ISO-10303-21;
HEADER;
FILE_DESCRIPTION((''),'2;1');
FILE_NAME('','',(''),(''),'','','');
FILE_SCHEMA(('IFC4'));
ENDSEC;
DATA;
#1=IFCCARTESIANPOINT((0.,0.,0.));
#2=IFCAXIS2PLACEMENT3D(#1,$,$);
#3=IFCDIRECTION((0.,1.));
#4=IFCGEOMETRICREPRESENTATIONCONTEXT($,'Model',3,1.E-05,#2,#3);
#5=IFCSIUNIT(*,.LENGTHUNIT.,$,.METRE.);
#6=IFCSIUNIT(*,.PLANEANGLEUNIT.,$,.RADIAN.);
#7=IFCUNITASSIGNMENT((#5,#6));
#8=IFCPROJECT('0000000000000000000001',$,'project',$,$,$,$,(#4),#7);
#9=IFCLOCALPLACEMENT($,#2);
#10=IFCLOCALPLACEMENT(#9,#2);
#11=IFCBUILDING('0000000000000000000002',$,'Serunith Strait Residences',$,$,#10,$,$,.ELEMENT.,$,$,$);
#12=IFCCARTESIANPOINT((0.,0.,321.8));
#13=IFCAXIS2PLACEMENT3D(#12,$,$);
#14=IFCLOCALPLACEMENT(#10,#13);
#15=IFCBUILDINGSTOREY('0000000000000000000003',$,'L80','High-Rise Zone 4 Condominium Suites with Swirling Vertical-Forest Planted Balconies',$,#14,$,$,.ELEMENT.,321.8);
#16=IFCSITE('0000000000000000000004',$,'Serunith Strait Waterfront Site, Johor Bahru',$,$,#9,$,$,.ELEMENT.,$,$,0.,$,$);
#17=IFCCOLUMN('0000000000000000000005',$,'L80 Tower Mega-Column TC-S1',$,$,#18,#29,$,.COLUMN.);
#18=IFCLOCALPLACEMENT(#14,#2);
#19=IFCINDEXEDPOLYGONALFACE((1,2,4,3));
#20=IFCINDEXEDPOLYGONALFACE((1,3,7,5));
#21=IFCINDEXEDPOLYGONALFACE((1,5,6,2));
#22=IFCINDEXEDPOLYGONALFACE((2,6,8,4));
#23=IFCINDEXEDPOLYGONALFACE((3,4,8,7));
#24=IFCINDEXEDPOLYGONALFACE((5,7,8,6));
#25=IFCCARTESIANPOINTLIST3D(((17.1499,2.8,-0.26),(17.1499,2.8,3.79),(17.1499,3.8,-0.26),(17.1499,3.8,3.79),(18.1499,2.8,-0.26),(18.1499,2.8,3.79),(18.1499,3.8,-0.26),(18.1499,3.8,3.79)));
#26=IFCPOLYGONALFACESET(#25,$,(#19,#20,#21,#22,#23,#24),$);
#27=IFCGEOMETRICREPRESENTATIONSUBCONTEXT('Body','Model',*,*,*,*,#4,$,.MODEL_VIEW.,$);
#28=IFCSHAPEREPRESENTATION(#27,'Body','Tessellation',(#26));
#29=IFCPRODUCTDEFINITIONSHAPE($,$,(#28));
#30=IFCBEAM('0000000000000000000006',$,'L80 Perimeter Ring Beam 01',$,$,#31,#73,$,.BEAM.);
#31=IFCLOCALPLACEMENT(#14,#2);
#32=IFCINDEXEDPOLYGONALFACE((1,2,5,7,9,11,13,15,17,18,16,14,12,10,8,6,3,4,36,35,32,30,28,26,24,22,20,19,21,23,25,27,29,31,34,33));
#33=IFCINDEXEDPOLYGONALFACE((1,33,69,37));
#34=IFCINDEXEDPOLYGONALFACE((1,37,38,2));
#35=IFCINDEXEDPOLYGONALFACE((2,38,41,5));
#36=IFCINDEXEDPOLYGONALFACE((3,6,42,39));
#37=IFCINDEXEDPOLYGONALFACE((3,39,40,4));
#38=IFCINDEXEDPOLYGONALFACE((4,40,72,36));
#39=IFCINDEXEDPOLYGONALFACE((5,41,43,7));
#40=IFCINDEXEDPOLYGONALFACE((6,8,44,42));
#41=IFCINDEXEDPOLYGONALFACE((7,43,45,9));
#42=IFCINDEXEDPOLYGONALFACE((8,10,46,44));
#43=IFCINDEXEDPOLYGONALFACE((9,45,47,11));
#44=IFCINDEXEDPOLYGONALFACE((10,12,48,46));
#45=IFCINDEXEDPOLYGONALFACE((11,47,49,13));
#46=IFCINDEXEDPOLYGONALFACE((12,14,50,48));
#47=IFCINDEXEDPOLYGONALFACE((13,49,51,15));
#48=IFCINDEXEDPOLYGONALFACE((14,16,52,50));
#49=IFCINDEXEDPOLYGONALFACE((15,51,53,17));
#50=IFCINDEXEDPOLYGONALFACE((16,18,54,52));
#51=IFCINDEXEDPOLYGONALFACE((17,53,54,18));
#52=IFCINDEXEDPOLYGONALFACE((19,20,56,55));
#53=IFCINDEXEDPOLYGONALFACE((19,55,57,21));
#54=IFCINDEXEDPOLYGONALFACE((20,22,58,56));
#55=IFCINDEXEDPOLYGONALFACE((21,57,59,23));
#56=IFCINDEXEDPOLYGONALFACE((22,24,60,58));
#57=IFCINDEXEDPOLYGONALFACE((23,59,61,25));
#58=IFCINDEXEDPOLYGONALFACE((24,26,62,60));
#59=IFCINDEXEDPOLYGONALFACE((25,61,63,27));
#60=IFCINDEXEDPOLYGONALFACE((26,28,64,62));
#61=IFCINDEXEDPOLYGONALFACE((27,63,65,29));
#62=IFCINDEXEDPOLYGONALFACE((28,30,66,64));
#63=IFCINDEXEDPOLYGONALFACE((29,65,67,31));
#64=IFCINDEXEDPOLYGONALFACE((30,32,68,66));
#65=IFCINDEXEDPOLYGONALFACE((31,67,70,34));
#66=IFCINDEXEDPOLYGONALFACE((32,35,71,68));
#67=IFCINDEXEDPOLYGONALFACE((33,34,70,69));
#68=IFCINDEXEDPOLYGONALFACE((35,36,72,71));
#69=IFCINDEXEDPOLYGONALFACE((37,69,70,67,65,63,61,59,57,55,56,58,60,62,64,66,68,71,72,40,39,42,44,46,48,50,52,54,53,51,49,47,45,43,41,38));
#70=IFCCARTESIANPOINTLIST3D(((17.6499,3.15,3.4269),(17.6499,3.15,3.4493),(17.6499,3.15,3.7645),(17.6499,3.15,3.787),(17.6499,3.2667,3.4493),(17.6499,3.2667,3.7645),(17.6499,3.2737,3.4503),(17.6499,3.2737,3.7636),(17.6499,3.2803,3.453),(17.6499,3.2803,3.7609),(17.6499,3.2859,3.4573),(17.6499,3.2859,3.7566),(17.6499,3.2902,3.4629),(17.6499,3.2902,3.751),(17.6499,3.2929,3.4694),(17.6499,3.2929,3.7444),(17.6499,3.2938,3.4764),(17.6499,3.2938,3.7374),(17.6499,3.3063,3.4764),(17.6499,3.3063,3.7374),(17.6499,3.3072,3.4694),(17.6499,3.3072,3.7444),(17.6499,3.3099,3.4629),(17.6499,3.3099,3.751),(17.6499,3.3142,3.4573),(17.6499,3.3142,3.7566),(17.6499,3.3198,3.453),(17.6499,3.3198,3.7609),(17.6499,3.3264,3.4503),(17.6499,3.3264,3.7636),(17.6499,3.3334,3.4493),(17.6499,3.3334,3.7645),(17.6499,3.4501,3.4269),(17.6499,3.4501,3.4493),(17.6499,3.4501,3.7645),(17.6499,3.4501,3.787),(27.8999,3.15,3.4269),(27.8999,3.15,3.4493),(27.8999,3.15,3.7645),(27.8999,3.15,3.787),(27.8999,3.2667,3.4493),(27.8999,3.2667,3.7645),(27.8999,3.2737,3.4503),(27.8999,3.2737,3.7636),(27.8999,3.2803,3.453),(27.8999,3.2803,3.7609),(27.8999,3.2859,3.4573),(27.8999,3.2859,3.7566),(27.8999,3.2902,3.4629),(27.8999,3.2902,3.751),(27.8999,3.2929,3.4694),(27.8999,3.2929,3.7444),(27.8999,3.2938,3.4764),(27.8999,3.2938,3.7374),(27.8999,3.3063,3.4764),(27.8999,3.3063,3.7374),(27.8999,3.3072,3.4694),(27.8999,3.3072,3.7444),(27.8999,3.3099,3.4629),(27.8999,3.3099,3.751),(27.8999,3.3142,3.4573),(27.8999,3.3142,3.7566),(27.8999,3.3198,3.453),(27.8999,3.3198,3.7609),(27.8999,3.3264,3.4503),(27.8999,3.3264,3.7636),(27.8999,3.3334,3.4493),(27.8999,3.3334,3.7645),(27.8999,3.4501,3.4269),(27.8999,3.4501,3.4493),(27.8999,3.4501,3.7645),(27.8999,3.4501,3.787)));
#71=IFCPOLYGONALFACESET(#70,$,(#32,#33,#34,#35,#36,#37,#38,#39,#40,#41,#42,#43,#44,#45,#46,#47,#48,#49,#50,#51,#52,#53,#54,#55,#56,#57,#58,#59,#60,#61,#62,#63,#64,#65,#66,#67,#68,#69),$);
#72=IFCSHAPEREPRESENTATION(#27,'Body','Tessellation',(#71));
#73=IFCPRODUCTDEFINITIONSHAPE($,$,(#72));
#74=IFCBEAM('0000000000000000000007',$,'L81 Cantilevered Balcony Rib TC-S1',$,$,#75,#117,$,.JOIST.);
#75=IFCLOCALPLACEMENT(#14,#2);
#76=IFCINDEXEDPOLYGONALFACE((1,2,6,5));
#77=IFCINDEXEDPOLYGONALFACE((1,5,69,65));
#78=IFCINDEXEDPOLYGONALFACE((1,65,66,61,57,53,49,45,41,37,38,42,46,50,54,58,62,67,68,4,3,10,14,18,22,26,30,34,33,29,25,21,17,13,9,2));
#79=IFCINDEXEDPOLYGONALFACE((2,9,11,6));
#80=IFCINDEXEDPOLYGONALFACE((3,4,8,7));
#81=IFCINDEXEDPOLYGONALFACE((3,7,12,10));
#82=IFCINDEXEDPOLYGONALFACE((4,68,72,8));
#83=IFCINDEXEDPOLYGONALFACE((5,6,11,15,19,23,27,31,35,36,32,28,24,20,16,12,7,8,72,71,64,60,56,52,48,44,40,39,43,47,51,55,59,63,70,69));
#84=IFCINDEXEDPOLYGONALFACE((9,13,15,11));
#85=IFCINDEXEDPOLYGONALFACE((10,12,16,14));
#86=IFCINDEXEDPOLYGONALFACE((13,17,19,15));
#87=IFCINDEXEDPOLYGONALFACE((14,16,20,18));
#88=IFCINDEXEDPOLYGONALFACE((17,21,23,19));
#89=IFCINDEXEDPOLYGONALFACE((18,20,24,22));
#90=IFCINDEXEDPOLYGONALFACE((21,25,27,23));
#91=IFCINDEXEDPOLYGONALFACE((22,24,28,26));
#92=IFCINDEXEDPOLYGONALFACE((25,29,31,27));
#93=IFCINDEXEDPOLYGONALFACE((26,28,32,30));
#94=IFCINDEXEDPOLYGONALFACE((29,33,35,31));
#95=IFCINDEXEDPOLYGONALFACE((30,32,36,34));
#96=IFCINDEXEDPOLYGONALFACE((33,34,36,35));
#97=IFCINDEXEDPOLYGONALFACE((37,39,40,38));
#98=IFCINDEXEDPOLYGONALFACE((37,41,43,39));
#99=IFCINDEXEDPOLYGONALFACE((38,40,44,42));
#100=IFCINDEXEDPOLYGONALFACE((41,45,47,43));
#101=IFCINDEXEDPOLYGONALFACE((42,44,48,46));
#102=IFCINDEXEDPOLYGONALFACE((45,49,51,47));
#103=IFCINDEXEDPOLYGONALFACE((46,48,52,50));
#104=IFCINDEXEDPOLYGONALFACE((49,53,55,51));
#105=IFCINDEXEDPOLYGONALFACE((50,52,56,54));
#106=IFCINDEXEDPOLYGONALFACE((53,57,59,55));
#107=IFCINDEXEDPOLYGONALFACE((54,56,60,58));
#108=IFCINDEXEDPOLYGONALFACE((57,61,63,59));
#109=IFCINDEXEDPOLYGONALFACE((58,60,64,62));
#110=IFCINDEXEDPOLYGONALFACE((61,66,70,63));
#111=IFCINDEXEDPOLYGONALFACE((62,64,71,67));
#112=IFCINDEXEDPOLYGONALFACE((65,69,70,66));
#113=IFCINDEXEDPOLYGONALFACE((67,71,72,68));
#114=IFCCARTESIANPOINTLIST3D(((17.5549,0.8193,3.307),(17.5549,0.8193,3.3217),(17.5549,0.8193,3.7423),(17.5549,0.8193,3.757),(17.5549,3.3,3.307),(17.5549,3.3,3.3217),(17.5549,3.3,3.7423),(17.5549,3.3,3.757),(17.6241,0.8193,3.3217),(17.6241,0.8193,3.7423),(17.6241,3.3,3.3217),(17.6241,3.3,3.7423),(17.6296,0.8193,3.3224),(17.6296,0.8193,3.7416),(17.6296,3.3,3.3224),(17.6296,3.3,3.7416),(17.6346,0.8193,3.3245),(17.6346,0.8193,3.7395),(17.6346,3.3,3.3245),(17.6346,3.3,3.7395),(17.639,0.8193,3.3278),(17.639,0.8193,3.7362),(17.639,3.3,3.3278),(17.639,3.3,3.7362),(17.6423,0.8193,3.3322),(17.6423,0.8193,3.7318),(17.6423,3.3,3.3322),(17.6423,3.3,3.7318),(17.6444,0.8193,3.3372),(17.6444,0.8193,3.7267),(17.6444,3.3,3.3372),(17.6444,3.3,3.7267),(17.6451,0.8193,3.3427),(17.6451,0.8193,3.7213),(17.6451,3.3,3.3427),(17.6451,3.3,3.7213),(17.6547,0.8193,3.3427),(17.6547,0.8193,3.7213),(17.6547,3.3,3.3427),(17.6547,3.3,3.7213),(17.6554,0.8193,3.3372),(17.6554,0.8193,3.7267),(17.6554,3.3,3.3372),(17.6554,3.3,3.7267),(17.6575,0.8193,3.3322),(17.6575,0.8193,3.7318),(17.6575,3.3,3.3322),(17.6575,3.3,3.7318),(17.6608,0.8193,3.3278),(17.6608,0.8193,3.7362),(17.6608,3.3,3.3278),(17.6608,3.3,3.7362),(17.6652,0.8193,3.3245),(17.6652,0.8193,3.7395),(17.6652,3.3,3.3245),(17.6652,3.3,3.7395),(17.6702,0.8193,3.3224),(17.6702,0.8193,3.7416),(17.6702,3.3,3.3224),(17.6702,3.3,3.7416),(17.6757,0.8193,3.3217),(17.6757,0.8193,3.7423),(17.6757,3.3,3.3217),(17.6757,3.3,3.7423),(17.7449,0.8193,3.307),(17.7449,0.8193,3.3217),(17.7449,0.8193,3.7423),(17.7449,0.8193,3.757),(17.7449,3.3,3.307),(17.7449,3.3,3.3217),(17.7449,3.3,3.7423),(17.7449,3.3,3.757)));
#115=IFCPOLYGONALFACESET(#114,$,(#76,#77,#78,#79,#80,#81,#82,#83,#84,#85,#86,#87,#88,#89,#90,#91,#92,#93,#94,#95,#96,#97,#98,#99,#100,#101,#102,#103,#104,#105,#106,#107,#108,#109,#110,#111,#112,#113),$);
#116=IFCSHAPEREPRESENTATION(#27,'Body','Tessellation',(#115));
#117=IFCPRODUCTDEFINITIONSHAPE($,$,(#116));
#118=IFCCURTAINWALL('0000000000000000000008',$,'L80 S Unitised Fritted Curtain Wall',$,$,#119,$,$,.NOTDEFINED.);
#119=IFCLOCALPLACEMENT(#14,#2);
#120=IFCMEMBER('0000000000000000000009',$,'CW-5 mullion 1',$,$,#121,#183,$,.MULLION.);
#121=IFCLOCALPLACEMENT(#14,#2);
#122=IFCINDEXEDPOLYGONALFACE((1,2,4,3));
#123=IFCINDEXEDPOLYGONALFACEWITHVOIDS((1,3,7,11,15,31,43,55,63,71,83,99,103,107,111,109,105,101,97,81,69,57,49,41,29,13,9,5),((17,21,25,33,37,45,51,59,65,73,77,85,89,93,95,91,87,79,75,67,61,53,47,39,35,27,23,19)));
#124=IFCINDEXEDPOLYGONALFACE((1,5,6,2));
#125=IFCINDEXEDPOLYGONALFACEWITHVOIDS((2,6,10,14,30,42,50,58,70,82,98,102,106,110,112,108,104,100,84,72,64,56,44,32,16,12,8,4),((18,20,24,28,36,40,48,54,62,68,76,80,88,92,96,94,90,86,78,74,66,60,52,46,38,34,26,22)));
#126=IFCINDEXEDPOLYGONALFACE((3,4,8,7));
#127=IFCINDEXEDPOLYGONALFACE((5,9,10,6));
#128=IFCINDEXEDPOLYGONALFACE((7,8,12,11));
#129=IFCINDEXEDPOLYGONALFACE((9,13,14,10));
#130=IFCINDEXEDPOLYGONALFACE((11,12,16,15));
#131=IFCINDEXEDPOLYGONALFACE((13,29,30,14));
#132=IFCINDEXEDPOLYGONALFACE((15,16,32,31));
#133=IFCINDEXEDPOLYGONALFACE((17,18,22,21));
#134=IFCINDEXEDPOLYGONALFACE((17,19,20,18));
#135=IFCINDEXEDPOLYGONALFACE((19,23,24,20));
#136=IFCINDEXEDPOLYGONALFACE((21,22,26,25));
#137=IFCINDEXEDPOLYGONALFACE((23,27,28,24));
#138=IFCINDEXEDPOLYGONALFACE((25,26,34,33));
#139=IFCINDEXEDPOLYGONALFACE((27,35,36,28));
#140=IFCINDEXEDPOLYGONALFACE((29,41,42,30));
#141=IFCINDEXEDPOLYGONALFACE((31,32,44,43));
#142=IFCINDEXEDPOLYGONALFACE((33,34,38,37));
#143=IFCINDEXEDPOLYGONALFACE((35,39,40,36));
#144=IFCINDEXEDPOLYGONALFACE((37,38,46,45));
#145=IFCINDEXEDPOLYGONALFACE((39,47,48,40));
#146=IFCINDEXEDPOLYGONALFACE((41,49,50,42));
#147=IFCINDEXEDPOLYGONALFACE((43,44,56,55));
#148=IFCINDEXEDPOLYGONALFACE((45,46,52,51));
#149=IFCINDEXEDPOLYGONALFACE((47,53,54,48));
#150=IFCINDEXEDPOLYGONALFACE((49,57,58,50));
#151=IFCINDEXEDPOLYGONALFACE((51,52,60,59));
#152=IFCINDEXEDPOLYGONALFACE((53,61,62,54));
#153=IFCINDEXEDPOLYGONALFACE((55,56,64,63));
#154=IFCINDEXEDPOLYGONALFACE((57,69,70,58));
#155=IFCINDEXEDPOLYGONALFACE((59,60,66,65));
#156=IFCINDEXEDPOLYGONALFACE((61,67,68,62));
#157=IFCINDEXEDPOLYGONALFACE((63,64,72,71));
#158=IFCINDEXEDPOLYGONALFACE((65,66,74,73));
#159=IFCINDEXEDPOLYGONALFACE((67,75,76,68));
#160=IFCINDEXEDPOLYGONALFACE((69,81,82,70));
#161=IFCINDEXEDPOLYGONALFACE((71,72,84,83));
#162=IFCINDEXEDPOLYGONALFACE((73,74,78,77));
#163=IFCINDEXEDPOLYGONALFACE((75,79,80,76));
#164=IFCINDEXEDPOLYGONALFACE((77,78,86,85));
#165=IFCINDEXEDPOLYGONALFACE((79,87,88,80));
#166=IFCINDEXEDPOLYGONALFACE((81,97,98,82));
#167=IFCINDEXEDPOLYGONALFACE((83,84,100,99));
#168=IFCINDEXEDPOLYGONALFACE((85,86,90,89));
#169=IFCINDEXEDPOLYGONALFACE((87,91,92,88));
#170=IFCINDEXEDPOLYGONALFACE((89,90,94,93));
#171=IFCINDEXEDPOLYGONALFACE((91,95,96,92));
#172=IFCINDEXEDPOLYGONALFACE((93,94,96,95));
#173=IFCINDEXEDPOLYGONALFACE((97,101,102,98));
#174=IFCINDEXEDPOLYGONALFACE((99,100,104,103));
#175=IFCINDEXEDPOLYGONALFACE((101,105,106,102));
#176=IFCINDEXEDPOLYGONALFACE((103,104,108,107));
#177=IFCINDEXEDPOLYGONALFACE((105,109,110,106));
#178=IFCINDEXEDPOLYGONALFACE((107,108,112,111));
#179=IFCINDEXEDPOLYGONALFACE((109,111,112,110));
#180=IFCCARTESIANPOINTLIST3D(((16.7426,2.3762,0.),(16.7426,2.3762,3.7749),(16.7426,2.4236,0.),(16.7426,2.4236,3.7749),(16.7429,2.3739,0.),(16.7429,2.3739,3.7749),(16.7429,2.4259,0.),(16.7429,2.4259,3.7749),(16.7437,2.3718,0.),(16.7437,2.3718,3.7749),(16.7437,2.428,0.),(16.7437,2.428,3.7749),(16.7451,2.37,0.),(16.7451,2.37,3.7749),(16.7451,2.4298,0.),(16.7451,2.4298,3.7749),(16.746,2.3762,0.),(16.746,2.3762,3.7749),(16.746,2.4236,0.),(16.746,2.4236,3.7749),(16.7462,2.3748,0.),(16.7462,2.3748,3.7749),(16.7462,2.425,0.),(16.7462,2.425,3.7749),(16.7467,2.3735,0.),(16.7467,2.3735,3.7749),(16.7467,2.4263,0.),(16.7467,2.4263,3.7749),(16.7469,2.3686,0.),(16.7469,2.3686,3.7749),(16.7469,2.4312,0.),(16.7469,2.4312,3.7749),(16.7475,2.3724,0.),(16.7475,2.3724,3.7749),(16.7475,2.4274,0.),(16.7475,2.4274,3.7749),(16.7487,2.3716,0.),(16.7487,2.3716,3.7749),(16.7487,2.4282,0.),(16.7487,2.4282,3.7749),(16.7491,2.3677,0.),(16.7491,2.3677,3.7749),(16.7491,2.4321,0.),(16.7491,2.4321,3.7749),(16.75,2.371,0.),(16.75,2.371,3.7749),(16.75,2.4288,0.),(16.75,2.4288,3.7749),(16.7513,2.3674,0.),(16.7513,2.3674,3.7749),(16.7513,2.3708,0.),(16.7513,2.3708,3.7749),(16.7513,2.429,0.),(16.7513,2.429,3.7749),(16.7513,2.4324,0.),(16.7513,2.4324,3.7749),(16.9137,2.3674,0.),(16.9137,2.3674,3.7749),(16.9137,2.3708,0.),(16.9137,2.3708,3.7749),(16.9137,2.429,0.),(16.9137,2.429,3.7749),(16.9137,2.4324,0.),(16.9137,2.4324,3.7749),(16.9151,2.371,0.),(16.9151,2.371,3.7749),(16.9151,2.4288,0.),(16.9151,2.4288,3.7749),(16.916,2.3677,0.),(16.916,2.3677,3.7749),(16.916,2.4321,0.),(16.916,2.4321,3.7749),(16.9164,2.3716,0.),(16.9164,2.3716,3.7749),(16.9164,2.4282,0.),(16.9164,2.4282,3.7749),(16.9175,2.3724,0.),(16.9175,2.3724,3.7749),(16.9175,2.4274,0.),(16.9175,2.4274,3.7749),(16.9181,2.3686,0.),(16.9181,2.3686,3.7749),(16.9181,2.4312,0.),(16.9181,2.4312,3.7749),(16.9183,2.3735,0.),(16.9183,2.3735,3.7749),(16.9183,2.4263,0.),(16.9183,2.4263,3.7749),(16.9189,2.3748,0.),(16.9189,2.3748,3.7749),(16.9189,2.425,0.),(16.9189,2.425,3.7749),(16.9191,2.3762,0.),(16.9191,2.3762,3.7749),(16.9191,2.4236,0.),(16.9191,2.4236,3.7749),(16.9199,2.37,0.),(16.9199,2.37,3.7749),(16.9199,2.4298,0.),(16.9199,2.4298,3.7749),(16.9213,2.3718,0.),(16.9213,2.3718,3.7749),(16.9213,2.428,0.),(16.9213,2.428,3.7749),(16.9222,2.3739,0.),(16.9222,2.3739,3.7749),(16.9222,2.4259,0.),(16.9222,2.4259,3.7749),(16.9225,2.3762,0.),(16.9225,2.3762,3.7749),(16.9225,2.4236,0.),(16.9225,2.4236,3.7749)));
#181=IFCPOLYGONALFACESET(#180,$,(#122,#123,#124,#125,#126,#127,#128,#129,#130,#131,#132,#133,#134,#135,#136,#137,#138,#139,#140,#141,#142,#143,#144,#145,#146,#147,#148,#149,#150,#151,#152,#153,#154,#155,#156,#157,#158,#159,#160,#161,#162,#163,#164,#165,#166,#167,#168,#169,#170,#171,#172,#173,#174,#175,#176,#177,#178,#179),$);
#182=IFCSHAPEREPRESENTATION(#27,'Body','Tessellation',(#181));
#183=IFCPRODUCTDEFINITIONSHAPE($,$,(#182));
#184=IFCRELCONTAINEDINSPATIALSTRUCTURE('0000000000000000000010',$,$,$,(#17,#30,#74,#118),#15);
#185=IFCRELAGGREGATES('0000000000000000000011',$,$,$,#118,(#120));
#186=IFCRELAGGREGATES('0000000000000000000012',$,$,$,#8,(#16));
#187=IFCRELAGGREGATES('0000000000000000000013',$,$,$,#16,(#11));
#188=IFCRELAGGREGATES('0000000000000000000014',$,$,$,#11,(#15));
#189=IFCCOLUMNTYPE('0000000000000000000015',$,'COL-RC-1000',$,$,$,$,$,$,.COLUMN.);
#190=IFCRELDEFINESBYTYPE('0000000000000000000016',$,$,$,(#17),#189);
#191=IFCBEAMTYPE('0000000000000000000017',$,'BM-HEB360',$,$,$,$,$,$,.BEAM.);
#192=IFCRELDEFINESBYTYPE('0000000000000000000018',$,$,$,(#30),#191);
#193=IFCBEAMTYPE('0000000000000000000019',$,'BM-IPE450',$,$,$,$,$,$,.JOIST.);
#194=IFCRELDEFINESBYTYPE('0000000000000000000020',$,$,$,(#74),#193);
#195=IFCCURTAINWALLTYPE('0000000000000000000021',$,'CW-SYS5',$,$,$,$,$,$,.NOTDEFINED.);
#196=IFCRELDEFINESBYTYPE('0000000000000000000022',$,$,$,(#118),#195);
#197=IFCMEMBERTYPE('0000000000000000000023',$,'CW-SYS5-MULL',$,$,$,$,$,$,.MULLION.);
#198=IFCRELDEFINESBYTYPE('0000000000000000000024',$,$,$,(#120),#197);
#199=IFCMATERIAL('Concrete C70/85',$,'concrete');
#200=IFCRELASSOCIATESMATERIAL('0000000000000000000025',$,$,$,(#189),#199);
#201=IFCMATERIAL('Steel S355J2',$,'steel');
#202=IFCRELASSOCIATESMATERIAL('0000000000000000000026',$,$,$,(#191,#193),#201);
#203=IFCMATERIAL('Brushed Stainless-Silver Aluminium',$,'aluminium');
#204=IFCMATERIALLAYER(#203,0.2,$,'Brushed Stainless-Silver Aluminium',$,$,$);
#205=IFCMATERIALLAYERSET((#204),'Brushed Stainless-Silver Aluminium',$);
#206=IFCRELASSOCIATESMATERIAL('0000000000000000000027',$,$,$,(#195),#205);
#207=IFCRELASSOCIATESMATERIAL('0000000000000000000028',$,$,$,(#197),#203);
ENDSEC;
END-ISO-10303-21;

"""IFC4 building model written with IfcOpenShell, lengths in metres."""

from ifc_helpers import new_model, si_unit, direction, frame, origin, origin_2d, place, context, subcontext, project, spatial, rectangle, hollow_rectangle, i_section, extrude, source, transform, mapped, material, layer, layer_set, material_profile, profile_set, type_object, element, aggregate, save


model = new_model("IFC4")

# Units and contexts
model_context = context("Model", 3, precision=1e-05, world=origin(), true_north=direction((0.0, 1.0)))
body_context = subcontext(model_context, "Body", "Model", "MODEL_VIEW")
ifc_project = project(units=[si_unit("LENGTHUNIT", "METRE"), si_unit("PLANEANGLEUNIT", "RADIAN")], contexts=[model_context])

# Site, building, storey
site_placement = place(None, origin())
site = spatial("IfcSite", under=ifc_project, at=site_placement, Name="Serunith Strait Waterfront Site, Johor Bahru", CompositionType="ELEMENT", RefElevation=0.0)
building_placement = place(site_placement, origin())
building = spatial("IfcBuilding", under=site, at=building_placement, Name="Serunith Strait Residences", CompositionType="ELEMENT")
storey_placement = place(building_placement, frame((0.0, 0.0, 321.8)))
storey = spatial("IfcBuildingStorey", under=building, at=storey_placement, Name="L80", Description="High-Rise Zone 4 Condominium Suites with Swirling Vertical-Forest Planted Balconies", CompositionType="ELEMENT", Elevation=321.8)

# Column
ifc_material_1 = material(Name="Concrete C70/85", Category="concrete")
ifc_material_profile_1 = material_profile(ifc_material_1, rectangle(XDim=1.0, YDim=1.0, at=origin_2d()), Name="RC 1000x1000")
ifc_profile_set_1 = profile_set([ifc_material_profile_1], Name="Concrete C70/85")
column_type = type_object("IfcColumnType", Name="COL-RC-1000", PredefinedType="COLUMN", material=ifc_profile_set_1)
shared_shape_1 = source(origin(), body_context, "Body", "SweptSolid", [
    extrude(rectangle(XDim=1.0, YDim=1.0, at=origin_2d()), origin(), (0.0, 0.0, 1.0), 4.05),
])
column_placement = place(storey_placement, frame((17.6499, 3.3, -0.26), z_axis=(0.0, 0.0, 1.0), x_axis=(1.0, 0.0, 0.0)))
element("IfcColumn", 1, at=column_placement, inside=storey, type_object=column_type, Name="L80 Tower Mega-Column TC-S1", PredefinedType="COLUMN", context=body_context, shape_type="MappedRepresentation", body=[
    mapped(shared_shape_1, transform((0.0, 0.0, 0.0), scale=1.0)),
])

# Beams
ifc_material_2 = material(Name="Steel S355J2", Category="steel")
ifc_material_profile_2 = material_profile(ifc_material_2, i_section(OverallWidth=0.3, OverallDepth=0.3601, WebThickness=0.0125, FlangeThickness=0.0225, FilletRadius=0.0271, at=origin_2d()), Name="HEB 360")
ifc_profile_set_2 = profile_set([ifc_material_profile_2], Name="Steel S355J2")
beam_type_1 = type_object("IfcBeamType", Name="BM-HEB360", PredefinedType="BEAM", material=ifc_profile_set_2)
shared_shape_2 = source(origin(), body_context, "Body", "SweptSolid", [
    extrude(i_section(OverallWidth=0.3, OverallDepth=0.3601, WebThickness=0.0125, FlangeThickness=0.0225, FilletRadius=0.0271, at=origin_2d()), origin(), (0.0, 0.0, 1.0), 10.25),
])
beam_1_placement = place(storey_placement, frame((17.6499, 3.3, 3.6069), z_axis=(1.0, 0.0, 0.0), x_axis=(0.0, 1.0, 0.0)))
element("IfcBeam", 2, at=beam_1_placement, inside=storey, type_object=beam_type_1, Name="L80 Perimeter Ring Beam 01", PredefinedType="BEAM", context=body_context, shape_type="MappedRepresentation", body=[
    mapped(shared_shape_2, transform((0.0, 0.0, 0.0), scale=1.0)),
])
ifc_material_profile_3 = material_profile(ifc_material_2, i_section(OverallWidth=0.1899, OverallDepth=0.45, WebThickness=0.0095, FlangeThickness=0.0146, FilletRadius=0.021, at=origin_2d()), Name="IPE 450")
ifc_profile_set_3 = profile_set([ifc_material_profile_3], Name="Steel S355J2")
beam_type_2 = type_object("IfcBeamType", Name="BM-IPE450", PredefinedType="JOIST", material=ifc_profile_set_3)
shared_shape_3 = source(origin(), body_context, "Body", "SweptSolid", [
    extrude(i_section(OverallWidth=0.1899, OverallDepth=0.45, WebThickness=0.0095, FlangeThickness=0.0146, FilletRadius=0.021, at=origin_2d()), origin(), (0.0, 0.0, 1.0), 2.4807),
])
beam_2_placement = place(storey_placement, frame((17.6499, 3.3, 3.532), z_axis=(0.0, -1.0, 0.0), x_axis=(1.0, 0.0, 0.0)))
element("IfcBeam", 3, at=beam_2_placement, inside=storey, type_object=beam_type_2, Name="L81 Cantilevered Balcony Rib TC-S1", PredefinedType="JOIST", context=body_context, shape_type="MappedRepresentation", body=[
    mapped(shared_shape_3, transform((0.0, 0.0, 0.0), scale=1.0)),
])

# Curtain wall, member
ifc_material_3 = material(Name="Brushed Stainless-Silver Aluminium", Category="aluminium")
ifc_layer_1 = layer(ifc_material_3, 0.2, Name="Brushed Stainless-Silver Aluminium")
ifc_layer_set_1 = layer_set([ifc_layer_1], Name="Brushed Stainless-Silver Aluminium")
curtain_wall_type = type_object("IfcCurtainWallType", Name="CW-SYS5", PredefinedType="NOTDEFINED", material=ifc_layer_set_1)
curtain_wall_1_placement = place(storey_placement, origin())
curtain_wall_1 = element("IfcCurtainWall", 4, at=curtain_wall_1_placement, inside=storey, type_object=curtain_wall_type, Name="L80 S Unitised Fritted Curtain Wall", PredefinedType="NOTDEFINED")
ifc_material_profile_4 = material_profile(ifc_material_3, hollow_rectangle(XDim=0.0649, YDim=0.1799, WallThickness=0.0034, InnerFilletRadius=0.0054, OuterFilletRadius=0.0088, at=origin_2d()), Name="ALU 180x65x3.5")
ifc_profile_set_4 = profile_set([ifc_material_profile_4], Name="Brushed Stainless-Silver Aluminium")
member_type_1 = type_object("IfcMemberType", Name="CW-SYS5-MULL", PredefinedType="MULLION", material=ifc_profile_set_4)
shared_shape_4 = source(origin(), body_context, "Body", "SweptSolid", [
    extrude(hollow_rectangle(XDim=0.0649, YDim=0.1799, WallThickness=0.0034, InnerFilletRadius=0.0054, OuterFilletRadius=0.0088, at=origin_2d()), origin(), (0.0, 0.0, 1.0), 3.7749),
])
member_1_placement = place(storey_placement, frame((16.8325, 2.3999, 0.0), z_axis=(0.0, 0.0, 1.0), x_axis=(0.0, 1.0, 0.0)))
member_1 = element("IfcMember", 5, at=member_1_placement, type_object=member_type_1, Name="CW-5 mullion 1", PredefinedType="MULLION", context=body_context, shape_type="MappedRepresentation", body=[
    mapped(shared_shape_4, transform((0.0, 0.0, 0.0), scale=1.0)),
])

aggregate(curtain_wall_1, [member_1])

save(model, "model.ifc")
